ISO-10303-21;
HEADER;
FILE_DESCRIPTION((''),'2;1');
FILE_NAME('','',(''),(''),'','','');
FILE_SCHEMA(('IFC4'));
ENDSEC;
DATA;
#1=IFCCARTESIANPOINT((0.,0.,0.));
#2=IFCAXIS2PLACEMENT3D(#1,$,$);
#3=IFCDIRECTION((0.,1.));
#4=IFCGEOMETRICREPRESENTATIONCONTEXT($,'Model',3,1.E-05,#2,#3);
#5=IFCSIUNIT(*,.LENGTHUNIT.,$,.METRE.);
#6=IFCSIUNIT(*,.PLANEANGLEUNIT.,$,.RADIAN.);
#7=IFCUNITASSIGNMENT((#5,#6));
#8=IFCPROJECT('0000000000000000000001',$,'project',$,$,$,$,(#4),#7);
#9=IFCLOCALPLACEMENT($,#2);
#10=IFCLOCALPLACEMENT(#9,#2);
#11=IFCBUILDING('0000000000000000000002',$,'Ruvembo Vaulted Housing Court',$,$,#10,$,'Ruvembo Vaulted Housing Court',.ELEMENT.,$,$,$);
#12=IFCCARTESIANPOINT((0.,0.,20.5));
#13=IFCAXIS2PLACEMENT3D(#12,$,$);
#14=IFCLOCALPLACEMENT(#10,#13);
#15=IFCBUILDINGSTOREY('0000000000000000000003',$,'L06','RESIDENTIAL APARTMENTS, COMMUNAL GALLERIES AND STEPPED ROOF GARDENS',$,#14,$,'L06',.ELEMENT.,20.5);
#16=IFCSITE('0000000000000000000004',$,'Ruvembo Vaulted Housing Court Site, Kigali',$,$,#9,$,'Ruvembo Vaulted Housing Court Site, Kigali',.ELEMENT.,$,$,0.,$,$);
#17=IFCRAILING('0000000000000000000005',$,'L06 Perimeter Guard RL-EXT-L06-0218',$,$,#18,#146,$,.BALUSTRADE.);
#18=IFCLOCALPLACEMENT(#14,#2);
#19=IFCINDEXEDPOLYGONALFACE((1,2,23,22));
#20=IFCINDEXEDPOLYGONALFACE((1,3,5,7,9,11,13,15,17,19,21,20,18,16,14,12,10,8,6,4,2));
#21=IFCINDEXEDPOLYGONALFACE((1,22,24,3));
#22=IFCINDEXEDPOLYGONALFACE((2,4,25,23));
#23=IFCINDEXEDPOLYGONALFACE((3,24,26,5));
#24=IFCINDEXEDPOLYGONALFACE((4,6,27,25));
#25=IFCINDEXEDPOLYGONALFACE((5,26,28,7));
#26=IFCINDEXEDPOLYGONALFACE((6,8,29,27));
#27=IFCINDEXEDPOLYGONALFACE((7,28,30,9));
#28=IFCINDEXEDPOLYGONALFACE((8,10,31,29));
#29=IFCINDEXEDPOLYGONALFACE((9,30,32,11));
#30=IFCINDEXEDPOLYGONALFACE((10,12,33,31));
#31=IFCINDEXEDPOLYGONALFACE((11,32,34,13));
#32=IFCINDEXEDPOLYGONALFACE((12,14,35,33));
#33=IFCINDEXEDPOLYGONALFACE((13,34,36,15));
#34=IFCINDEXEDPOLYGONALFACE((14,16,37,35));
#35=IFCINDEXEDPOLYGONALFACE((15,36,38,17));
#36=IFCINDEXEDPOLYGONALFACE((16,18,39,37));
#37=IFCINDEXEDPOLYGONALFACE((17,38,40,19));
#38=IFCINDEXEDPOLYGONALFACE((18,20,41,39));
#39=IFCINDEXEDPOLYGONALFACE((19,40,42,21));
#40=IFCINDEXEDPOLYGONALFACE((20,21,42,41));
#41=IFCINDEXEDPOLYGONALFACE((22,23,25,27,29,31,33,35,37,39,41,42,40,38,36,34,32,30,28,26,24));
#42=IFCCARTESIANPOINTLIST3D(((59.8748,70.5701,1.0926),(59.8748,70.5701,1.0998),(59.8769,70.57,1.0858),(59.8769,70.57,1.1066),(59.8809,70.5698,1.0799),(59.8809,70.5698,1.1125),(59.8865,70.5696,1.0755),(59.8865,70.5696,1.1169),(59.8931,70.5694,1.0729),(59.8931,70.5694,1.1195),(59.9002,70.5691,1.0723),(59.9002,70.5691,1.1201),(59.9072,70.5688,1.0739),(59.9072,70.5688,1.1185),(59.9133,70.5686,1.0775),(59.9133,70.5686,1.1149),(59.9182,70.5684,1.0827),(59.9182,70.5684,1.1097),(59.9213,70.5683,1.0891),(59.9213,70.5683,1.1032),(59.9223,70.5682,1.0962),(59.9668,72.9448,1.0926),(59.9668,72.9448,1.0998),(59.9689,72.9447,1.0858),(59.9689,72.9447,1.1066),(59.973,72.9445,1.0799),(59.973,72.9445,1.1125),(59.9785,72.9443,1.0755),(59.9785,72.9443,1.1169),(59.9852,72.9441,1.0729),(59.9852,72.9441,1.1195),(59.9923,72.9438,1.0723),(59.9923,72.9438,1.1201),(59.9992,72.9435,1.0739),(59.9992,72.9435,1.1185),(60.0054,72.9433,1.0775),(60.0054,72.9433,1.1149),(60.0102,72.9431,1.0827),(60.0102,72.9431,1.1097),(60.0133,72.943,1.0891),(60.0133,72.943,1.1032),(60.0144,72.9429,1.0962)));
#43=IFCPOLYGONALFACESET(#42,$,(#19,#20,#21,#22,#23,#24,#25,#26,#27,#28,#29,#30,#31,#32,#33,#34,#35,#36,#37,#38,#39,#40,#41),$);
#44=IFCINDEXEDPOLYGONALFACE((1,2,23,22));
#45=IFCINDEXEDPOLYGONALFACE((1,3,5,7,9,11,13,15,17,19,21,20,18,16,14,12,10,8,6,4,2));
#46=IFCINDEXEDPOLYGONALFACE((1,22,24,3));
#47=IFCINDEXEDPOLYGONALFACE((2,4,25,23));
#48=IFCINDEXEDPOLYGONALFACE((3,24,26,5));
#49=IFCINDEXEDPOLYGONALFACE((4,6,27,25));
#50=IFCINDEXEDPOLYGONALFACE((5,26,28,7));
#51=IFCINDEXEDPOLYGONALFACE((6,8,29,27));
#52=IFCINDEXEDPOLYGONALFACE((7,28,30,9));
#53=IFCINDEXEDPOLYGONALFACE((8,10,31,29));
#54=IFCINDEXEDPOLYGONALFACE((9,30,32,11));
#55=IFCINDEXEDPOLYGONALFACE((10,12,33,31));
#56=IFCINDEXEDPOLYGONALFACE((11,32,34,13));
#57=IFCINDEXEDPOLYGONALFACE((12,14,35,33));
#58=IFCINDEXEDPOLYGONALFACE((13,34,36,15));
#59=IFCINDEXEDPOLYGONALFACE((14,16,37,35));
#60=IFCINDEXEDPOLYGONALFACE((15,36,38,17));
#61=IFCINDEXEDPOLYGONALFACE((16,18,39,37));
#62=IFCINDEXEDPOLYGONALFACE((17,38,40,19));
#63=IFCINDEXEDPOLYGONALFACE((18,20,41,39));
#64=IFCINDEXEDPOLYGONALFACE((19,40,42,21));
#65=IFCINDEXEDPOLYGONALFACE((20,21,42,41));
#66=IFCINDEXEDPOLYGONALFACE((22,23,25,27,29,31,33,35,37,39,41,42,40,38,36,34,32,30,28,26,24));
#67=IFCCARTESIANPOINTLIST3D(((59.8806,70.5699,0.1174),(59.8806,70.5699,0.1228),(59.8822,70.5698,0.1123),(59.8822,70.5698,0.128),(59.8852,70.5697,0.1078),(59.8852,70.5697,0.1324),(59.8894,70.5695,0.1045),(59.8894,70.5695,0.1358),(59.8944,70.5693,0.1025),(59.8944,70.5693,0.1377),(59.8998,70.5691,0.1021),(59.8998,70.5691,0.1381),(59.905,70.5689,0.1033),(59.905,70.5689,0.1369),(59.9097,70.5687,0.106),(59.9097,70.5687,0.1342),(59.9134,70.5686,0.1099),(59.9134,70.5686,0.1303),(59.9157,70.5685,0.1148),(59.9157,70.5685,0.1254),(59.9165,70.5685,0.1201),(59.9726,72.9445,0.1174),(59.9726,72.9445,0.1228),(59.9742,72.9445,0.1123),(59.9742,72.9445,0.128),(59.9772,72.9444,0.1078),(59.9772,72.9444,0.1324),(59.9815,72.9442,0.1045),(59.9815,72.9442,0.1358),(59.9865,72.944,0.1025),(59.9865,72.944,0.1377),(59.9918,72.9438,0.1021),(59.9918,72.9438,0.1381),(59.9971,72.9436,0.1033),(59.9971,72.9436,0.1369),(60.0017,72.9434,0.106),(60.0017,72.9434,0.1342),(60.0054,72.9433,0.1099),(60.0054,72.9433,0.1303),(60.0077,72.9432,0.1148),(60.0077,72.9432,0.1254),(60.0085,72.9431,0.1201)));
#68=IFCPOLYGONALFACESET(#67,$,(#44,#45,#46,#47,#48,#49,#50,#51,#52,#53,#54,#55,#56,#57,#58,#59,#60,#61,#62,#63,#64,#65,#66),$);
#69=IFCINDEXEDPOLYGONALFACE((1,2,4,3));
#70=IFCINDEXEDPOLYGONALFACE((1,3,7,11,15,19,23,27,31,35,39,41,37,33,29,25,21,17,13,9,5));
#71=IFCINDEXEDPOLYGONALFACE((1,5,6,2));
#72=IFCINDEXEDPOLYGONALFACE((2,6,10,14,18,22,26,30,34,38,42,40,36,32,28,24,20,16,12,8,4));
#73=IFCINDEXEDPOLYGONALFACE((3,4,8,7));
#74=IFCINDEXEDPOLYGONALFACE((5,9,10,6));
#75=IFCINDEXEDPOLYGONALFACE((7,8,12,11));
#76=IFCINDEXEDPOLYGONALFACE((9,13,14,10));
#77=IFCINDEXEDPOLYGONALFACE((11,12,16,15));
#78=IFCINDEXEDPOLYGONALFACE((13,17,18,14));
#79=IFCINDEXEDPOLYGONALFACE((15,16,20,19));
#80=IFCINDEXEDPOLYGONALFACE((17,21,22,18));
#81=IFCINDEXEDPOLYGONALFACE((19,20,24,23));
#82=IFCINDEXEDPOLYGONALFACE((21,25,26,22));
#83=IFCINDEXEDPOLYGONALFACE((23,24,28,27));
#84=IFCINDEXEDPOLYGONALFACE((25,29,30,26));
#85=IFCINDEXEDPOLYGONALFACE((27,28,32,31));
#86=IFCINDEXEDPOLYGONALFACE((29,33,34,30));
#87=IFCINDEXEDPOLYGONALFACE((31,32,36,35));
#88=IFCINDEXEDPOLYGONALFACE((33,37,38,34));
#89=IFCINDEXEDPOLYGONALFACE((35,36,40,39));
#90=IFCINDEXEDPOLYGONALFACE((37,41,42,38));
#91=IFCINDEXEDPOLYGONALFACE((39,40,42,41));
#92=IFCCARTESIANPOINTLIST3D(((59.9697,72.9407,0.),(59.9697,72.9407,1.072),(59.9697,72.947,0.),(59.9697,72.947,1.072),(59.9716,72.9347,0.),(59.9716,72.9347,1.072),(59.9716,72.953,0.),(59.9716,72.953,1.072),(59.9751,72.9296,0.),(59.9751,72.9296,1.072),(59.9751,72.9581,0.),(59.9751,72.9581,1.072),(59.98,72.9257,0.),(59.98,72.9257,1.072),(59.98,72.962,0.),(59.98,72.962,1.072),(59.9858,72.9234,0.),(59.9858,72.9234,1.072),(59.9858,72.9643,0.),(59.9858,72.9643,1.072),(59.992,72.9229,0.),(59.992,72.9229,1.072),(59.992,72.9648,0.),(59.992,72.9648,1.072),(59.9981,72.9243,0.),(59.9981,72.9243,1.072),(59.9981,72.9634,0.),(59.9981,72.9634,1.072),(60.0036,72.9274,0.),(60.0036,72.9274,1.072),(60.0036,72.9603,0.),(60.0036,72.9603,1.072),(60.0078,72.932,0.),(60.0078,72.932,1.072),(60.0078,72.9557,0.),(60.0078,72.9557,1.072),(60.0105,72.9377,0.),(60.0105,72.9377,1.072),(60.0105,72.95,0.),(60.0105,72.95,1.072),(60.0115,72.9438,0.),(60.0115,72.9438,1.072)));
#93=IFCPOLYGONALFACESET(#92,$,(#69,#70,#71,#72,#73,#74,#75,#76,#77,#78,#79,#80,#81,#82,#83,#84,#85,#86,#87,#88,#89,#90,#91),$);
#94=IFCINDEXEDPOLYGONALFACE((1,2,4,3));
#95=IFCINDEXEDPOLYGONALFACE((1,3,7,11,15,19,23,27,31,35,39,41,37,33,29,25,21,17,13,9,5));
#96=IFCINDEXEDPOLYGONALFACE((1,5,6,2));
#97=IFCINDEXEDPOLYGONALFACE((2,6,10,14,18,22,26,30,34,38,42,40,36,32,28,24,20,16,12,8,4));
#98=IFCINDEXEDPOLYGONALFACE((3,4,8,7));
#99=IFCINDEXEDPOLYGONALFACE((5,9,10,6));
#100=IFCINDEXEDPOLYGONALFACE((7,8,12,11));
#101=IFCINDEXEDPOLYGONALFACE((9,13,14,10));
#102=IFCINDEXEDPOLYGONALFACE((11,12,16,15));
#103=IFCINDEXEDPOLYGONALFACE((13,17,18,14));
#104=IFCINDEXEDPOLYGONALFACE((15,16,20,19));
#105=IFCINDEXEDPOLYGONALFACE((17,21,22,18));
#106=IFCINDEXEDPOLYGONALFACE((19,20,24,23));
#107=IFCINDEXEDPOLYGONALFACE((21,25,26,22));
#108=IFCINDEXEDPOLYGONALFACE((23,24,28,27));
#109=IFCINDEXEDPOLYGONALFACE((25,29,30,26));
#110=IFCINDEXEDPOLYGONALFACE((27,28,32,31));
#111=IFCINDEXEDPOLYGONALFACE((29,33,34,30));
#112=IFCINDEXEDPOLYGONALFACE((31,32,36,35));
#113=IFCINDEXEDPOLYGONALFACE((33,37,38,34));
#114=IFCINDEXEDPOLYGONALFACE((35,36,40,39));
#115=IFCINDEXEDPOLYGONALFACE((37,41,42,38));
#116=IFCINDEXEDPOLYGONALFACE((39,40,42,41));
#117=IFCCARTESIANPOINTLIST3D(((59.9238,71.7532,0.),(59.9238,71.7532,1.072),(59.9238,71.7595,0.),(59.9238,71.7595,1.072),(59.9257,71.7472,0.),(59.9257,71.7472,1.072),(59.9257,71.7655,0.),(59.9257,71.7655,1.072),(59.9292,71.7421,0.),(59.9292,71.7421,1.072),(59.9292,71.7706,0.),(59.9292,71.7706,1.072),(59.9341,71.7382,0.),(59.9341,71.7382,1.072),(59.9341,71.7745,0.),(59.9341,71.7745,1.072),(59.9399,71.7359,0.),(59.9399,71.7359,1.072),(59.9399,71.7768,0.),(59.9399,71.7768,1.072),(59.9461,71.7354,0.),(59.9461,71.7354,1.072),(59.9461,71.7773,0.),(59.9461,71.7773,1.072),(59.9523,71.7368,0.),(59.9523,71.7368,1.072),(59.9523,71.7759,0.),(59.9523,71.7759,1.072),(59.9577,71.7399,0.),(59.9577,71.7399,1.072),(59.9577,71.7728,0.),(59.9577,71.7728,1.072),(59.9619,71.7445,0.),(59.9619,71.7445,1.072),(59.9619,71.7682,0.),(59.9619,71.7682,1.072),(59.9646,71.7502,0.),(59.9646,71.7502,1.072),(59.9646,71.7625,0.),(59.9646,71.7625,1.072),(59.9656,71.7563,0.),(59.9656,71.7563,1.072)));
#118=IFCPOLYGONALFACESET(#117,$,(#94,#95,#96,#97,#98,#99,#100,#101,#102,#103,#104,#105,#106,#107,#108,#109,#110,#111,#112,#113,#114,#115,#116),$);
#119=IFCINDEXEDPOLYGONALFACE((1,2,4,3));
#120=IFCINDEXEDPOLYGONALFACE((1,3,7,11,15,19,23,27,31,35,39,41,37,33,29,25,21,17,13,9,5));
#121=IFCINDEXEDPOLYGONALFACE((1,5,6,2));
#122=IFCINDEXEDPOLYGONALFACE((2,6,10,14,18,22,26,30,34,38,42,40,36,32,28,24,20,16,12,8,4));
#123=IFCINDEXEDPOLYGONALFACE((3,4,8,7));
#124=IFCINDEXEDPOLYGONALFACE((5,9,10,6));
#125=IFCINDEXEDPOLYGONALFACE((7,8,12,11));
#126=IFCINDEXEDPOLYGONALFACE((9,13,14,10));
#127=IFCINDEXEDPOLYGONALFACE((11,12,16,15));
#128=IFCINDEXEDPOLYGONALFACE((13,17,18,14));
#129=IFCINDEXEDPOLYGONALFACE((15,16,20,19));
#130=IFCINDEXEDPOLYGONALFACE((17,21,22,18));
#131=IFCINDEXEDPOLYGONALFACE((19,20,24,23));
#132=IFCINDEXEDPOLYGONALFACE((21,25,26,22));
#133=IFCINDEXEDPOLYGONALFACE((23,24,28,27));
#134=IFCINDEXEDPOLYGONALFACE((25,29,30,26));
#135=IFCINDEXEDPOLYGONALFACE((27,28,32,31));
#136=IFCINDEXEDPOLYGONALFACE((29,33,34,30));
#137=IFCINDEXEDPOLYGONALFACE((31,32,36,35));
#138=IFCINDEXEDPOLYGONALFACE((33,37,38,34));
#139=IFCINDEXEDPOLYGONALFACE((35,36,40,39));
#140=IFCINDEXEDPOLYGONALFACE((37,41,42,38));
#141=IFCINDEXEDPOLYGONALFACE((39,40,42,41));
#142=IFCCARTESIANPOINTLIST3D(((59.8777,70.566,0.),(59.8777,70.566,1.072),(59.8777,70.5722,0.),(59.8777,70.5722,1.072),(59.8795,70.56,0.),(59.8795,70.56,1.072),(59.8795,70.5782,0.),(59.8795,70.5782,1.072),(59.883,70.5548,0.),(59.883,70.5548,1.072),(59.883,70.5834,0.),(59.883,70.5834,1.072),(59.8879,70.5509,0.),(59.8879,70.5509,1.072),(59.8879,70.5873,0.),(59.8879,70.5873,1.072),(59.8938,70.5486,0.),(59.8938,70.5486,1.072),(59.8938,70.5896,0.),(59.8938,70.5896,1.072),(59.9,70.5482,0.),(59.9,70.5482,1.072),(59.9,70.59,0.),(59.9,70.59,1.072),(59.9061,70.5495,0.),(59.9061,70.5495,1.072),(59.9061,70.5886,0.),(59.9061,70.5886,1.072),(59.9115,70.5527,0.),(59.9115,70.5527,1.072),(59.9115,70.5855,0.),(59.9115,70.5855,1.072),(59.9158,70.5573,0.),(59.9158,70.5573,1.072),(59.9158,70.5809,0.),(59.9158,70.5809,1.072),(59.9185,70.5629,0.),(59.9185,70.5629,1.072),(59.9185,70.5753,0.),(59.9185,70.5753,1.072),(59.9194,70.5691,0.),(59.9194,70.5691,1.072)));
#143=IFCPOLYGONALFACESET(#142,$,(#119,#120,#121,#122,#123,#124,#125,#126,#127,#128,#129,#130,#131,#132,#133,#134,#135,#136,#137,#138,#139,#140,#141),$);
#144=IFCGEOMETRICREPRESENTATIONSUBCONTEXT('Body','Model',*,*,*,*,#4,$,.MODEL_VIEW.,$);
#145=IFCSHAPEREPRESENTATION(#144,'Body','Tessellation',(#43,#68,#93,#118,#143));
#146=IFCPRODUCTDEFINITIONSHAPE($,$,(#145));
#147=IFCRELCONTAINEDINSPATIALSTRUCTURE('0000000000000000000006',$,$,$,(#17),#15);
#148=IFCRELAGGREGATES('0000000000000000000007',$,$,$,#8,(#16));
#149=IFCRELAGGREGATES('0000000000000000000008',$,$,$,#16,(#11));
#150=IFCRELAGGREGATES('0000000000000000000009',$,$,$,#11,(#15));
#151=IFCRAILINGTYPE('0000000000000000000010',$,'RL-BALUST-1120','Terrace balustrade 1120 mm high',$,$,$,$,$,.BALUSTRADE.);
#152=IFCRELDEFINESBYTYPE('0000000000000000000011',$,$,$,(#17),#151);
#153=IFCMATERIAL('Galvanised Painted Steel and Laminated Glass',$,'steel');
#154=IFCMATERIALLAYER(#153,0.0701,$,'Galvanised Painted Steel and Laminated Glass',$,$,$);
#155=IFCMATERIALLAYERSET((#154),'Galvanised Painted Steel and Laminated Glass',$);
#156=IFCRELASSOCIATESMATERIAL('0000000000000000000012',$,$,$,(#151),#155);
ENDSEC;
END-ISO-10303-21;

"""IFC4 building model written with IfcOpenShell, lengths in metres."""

from ifc_helpers import new_model, si_unit, direction, frame, origin, origin_2d, place, context, subcontext, project, spatial, circle, extrude, material, layer, layer_set, type_object, element, save


model = new_model("IFC4")

# Units and contexts
model_context = context("Model", 3, precision=1e-05, world=origin(), true_north=direction((0.0, 1.0)))
body_context = subcontext(model_context, "Body", "Model", "MODEL_VIEW")
ifc_project = project(units=[si_unit("LENGTHUNIT", "METRE"), si_unit("PLANEANGLEUNIT", "RADIAN")], contexts=[model_context])

# Site, building, storey
site_placement = place(None, origin())
site = spatial("IfcSite", under=ifc_project, at=site_placement, Name="Ruvembo Vaulted Housing Court Site, Kigali", LongName="Ruvembo Vaulted Housing Court Site, Kigali", CompositionType="ELEMENT", RefElevation=0.0)
building_placement = place(site_placement, origin())
building = spatial("IfcBuilding", under=site, at=building_placement, Name="Ruvembo Vaulted Housing Court", LongName="Ruvembo Vaulted Housing Court", CompositionType="ELEMENT")
storey_placement = place(building_placement, frame((0.0, 0.0, 20.5)))
storey = spatial("IfcBuildingStorey", under=building, at=storey_placement, Name="L06", Description="RESIDENTIAL APARTMENTS, COMMUNAL GALLERIES AND STEPPED ROOF GARDENS", LongName="L06", CompositionType="ELEMENT", Elevation=20.5)

# Railing
ifc_material_1 = material(Name="Galvanised Painted Steel and Laminated Glass", Category="steel")
ifc_layer = layer(ifc_material_1, 0.0701, Name="Galvanised Painted Steel and Laminated Glass")
ifc_layer_set = layer_set([ifc_layer], Name="Galvanised Painted Steel and Laminated Glass")
railing_type = type_object("IfcRailingType", Name="RL-BALUST-1120", Description="Terrace balustrade 1120 mm high", PredefinedType="BALUSTRADE", material=ifc_layer_set)
railing_1_placement = place(storey_placement, frame((59.9905, 72.9438, 0.0)))
element("IfcRailing", 1, at=railing_1_placement, inside=storey, type_object=railing_type, Name="L06 Perimeter Guard RL-EXT-L06-0218", PredefinedType="BALUSTRADE", context=body_context, shape_type="SweptSolid", body=[
    extrude(circle(Radius=0.0239, at=origin_2d()), frame((0.0, 0.0, 1.0962), z_axis=(-0.038729, -0.99925, 0.0), x_axis=(0.99925, -0.038729, 0.0)), (0.0, 0.0, 1.0), 2.3765),
    extrude(circle(Radius=0.0181, at=origin_2d()), frame((0.0, 0.0, 0.1201), z_axis=(-0.038729, -0.99925, 0.0), x_axis=(0.99925, -0.038729, 0.0)), (0.0, 0.0, 1.0), 2.3765),
    extrude(circle(Radius=0.021, at=origin_2d()), origin(), (0.0, 0.0, 1.0), 1.072),
    extrude(circle(Radius=0.021, at=origin_2d()), frame((-0.0459, -1.1875, 0.0)), (0.0, 0.0, 1.0), 1.072),
    extrude(circle(Radius=0.021, at=origin_2d()), frame((-0.092, -2.3748, 0.0)), (0.0, 0.0, 1.0), 1.072),
])

save(model, "model.ifc")
